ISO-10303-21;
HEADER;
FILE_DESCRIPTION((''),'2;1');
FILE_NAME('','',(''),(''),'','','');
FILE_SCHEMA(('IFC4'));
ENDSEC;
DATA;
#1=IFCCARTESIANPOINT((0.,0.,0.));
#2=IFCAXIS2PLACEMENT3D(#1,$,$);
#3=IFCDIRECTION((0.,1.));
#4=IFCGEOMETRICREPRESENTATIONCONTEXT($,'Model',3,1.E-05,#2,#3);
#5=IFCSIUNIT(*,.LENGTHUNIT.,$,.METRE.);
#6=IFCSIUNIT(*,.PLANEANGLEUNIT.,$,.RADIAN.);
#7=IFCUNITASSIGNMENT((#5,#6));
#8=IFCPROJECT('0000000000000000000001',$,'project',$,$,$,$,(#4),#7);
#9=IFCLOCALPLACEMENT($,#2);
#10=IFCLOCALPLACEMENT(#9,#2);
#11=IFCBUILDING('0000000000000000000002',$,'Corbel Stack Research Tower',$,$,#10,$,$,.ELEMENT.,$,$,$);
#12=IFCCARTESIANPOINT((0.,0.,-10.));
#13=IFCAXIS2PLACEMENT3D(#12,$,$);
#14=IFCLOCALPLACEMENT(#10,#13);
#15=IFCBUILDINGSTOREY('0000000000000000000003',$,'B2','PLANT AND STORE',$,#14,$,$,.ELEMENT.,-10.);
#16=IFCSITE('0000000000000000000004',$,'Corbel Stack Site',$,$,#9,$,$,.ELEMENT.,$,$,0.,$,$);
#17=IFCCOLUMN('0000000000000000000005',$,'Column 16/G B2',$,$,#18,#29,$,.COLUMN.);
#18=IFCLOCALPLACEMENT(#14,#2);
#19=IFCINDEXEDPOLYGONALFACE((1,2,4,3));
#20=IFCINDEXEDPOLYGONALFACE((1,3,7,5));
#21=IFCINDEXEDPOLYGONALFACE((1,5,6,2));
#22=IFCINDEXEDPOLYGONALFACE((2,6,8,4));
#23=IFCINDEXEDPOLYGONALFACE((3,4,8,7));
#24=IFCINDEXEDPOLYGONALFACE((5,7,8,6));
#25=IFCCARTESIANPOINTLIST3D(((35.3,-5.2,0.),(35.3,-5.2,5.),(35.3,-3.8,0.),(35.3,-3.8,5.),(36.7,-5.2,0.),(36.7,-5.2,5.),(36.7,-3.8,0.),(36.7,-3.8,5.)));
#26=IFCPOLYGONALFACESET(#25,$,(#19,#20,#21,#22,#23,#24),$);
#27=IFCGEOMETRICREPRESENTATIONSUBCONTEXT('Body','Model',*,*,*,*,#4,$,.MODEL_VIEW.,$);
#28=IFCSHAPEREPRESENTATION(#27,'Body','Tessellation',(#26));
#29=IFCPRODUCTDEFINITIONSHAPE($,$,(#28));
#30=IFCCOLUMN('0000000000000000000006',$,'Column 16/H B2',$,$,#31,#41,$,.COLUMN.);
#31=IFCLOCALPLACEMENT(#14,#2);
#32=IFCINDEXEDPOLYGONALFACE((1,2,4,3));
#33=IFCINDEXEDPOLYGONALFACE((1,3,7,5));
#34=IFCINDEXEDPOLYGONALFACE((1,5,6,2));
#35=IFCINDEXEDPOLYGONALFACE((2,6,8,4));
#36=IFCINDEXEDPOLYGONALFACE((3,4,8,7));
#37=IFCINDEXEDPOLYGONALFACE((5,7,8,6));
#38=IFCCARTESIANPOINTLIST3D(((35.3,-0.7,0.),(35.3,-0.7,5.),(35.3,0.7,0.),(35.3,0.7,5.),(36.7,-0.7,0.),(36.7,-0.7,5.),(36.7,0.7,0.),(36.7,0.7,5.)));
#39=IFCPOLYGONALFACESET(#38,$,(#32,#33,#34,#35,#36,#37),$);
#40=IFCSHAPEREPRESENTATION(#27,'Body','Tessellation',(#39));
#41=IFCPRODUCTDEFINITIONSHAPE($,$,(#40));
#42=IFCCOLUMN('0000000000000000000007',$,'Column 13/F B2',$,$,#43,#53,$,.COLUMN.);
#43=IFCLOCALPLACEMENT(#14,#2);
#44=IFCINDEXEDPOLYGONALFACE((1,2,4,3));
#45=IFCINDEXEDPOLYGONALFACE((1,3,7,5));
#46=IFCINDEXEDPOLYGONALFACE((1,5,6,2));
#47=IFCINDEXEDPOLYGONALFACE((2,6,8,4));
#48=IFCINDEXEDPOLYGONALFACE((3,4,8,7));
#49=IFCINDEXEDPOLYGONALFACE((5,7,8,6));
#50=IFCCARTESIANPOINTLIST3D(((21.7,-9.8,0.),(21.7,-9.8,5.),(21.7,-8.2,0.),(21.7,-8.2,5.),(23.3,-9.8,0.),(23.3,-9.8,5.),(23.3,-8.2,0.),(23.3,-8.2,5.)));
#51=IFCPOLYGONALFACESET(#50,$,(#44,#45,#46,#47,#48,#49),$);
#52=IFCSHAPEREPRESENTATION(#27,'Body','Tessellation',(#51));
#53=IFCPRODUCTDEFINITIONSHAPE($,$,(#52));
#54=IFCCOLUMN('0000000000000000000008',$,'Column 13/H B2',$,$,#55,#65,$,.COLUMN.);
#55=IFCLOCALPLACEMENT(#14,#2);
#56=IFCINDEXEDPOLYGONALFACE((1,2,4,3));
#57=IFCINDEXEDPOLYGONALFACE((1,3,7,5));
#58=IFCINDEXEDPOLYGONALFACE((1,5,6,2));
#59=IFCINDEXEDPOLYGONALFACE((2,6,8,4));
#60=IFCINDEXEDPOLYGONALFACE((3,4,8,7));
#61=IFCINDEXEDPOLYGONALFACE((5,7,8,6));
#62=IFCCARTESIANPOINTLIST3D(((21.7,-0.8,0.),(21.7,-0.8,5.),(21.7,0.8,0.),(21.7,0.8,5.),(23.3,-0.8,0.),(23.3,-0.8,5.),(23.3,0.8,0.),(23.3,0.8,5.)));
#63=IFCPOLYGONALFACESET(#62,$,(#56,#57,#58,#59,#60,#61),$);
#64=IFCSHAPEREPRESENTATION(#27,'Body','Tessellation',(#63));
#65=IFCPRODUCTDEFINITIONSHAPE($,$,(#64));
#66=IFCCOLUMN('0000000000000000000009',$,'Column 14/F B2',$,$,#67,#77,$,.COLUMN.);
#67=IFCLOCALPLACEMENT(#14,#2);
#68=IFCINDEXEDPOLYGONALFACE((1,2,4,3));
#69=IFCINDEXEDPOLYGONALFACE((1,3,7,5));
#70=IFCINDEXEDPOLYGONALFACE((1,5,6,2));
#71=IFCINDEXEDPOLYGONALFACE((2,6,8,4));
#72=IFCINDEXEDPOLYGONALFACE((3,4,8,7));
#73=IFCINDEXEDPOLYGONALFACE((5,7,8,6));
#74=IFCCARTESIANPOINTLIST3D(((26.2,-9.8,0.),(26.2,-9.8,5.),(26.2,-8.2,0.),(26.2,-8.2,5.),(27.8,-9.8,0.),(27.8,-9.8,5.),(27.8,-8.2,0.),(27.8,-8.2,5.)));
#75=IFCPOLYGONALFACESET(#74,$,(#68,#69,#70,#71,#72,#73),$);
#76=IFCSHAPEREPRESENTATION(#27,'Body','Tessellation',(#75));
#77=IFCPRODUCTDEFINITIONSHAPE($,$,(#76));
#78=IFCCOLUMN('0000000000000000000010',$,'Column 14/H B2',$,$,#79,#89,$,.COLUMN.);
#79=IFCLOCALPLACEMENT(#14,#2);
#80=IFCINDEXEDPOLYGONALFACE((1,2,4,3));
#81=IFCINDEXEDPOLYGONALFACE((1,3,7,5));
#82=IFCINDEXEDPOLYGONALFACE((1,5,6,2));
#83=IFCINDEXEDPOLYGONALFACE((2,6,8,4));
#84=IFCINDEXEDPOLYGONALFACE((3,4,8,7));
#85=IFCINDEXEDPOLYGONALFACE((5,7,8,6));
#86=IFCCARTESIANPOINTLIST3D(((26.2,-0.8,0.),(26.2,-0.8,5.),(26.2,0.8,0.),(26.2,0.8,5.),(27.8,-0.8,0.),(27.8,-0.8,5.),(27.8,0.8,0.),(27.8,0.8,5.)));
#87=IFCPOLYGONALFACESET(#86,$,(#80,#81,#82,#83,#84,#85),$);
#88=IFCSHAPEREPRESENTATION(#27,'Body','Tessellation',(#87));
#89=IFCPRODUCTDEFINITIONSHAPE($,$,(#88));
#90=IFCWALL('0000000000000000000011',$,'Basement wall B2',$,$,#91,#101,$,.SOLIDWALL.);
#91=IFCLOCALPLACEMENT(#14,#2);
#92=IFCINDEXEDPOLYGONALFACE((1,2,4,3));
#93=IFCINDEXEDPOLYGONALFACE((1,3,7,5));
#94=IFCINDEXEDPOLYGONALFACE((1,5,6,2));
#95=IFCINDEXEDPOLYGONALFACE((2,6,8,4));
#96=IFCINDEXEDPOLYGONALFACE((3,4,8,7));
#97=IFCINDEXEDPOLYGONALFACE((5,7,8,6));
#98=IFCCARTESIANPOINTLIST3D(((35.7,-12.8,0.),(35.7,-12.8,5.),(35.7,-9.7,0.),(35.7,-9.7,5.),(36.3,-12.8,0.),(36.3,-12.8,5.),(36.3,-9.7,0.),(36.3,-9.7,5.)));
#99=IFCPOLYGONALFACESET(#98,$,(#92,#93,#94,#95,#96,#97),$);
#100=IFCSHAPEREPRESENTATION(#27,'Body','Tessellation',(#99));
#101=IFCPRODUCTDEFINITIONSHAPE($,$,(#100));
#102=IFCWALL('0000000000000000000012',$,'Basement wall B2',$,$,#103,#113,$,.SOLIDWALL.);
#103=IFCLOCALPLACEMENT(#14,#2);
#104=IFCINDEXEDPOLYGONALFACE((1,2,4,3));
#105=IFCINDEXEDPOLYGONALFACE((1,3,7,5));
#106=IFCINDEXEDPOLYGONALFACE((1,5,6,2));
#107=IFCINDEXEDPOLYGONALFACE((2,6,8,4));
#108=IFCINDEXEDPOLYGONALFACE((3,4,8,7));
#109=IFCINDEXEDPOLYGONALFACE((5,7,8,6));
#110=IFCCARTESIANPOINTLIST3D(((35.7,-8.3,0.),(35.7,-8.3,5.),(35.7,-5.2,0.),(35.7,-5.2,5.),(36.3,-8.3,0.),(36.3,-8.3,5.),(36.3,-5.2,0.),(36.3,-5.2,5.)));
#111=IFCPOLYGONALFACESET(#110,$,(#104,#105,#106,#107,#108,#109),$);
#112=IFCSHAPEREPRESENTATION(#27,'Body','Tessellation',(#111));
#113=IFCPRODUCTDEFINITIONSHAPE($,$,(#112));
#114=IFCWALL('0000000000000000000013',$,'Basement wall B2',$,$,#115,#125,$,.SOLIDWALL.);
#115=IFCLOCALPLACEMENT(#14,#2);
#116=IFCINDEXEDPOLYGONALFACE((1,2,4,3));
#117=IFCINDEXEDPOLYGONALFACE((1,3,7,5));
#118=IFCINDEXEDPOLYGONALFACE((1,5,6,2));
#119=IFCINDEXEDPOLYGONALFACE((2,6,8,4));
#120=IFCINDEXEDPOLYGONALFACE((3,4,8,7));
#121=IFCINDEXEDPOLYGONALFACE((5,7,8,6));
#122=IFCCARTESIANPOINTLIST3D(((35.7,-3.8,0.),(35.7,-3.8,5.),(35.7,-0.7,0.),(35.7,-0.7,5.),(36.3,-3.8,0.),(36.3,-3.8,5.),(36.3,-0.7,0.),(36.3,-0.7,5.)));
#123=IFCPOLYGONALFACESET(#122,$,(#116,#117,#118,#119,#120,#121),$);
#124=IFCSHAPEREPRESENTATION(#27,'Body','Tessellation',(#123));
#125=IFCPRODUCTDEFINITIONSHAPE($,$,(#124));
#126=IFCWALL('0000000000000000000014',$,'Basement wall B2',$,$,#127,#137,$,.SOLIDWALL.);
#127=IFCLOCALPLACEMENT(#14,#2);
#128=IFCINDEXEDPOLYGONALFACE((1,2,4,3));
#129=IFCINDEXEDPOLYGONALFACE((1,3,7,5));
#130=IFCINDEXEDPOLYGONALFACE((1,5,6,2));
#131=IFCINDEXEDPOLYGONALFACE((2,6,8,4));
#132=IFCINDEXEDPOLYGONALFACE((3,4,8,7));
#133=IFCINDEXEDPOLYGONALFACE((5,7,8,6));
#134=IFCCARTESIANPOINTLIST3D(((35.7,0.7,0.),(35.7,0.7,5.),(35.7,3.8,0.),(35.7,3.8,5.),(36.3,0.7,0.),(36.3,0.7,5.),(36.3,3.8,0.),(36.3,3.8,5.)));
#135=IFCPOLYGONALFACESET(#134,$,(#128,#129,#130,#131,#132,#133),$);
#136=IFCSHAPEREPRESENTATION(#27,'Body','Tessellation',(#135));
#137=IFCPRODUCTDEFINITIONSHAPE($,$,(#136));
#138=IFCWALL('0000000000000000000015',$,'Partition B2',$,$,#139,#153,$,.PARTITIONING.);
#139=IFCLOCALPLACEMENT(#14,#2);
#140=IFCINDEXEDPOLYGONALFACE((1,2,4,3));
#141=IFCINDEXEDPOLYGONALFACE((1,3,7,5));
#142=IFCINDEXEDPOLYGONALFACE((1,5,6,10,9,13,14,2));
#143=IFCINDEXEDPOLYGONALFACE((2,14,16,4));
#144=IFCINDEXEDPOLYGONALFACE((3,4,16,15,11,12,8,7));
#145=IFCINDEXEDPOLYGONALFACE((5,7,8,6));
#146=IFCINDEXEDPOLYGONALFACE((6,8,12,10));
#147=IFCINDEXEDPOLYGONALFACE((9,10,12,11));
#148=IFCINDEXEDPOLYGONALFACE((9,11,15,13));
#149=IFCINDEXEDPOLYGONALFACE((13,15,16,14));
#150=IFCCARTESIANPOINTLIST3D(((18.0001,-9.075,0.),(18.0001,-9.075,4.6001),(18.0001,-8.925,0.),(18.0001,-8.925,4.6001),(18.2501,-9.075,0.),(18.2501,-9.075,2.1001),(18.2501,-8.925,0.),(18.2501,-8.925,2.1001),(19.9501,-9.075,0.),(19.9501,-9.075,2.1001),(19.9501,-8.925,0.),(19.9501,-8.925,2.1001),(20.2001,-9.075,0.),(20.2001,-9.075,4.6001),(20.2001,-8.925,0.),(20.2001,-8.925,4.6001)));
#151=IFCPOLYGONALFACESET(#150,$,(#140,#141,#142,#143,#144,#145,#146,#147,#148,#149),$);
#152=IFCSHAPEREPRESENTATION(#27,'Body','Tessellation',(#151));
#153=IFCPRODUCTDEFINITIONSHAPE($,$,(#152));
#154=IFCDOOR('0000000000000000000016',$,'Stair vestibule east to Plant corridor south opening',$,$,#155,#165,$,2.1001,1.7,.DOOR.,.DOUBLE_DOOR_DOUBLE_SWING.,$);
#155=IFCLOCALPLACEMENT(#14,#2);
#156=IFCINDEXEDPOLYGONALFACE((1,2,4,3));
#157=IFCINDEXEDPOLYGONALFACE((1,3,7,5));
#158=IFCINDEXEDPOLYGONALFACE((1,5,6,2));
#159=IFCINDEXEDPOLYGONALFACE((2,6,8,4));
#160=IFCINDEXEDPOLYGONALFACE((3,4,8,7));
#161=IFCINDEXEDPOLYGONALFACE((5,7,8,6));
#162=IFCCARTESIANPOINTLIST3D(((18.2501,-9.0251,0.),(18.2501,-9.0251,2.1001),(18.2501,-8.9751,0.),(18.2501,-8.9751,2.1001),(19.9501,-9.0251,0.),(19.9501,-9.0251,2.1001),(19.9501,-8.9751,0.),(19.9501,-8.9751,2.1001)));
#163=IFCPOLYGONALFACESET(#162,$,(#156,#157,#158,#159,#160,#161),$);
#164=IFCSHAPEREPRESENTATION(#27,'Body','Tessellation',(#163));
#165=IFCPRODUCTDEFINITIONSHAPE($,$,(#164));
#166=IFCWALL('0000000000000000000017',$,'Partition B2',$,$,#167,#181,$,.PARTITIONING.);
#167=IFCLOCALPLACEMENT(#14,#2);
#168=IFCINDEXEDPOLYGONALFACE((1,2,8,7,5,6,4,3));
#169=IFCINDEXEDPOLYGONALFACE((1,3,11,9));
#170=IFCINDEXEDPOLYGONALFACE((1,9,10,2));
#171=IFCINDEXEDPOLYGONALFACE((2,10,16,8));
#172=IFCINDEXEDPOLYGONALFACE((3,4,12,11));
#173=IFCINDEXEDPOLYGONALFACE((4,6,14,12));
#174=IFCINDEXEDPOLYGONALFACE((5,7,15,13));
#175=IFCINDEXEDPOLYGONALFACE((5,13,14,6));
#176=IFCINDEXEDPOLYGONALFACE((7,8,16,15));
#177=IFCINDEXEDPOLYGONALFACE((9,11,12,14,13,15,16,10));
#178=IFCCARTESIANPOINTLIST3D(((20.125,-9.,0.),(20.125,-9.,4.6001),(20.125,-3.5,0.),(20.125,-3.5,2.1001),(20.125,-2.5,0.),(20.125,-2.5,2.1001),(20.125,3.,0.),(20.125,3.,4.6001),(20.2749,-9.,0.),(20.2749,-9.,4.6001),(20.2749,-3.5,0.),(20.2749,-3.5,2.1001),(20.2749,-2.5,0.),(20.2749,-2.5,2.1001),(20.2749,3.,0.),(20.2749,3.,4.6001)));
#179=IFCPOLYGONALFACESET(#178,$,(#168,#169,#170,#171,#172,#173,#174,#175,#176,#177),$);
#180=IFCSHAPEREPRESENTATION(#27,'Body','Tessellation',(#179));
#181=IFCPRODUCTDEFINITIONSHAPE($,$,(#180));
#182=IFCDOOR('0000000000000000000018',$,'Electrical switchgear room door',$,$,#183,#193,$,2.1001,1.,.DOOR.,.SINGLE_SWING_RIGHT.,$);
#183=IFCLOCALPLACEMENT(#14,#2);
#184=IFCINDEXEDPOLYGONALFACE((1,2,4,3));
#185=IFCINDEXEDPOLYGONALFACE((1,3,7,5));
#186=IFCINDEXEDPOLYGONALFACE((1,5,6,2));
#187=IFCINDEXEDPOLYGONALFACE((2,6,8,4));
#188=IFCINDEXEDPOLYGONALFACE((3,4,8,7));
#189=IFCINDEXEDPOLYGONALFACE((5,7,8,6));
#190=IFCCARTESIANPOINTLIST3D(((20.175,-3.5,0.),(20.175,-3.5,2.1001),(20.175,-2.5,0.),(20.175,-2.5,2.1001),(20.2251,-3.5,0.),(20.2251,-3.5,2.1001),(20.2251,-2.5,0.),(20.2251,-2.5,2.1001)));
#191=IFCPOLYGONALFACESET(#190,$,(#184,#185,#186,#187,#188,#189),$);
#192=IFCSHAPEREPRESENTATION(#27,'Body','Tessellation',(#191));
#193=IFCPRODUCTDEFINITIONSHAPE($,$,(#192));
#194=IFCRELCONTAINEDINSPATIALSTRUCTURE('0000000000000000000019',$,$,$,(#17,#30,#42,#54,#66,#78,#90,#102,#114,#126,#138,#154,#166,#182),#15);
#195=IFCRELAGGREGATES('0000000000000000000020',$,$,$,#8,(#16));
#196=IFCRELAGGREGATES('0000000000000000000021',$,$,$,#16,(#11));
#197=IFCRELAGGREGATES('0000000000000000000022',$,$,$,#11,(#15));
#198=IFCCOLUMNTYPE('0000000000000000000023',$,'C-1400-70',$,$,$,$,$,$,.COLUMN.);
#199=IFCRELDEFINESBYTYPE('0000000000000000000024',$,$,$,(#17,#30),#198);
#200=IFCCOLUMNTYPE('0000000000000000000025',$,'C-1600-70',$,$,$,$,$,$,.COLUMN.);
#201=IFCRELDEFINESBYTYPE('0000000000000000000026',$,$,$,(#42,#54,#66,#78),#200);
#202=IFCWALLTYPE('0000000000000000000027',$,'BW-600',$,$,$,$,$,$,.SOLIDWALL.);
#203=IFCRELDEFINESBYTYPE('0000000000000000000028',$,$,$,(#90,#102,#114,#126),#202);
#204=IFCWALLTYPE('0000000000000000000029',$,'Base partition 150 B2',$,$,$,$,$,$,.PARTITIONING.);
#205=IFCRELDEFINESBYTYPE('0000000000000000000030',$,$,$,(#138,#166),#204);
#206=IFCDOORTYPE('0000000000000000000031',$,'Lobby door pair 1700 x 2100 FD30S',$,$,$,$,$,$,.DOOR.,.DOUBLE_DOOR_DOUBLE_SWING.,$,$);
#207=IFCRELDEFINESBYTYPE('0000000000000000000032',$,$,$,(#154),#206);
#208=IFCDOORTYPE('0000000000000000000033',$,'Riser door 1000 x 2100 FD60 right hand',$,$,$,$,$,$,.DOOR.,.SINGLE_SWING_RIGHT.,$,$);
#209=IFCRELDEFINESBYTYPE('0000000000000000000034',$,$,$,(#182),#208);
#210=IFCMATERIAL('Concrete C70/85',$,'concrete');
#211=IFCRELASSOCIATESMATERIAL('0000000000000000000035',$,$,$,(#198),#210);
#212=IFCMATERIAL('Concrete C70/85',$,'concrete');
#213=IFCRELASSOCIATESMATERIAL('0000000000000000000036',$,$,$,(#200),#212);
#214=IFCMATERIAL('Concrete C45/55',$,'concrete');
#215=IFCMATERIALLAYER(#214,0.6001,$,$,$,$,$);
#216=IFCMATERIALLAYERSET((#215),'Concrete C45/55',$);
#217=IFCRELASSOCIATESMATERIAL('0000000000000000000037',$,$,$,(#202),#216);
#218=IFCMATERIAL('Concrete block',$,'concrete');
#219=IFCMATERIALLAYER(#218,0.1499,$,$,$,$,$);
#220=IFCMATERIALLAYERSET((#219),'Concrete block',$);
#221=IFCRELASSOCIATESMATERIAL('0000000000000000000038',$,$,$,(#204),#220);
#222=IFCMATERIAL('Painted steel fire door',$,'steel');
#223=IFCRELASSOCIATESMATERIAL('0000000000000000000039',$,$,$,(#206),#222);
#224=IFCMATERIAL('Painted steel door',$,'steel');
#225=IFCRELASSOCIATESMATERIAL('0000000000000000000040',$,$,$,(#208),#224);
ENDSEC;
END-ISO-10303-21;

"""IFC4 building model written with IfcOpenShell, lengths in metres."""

from ifc_helpers import new_model, si_unit, direction, frame, frame_2d, origin, origin_2d, place, context, subcontext, project, spatial, rectangle, extrude, material, layer, layer_set, material_profile, profile_set, type_object, element, fill, save


model = new_model("IFC4")

# Units and contexts
model_context = context("Model", 3, precision=1e-05, world=origin(), true_north=direction((0.0, 1.0)))
body_context = subcontext(model_context, "Body", "Model", "MODEL_VIEW")
ifc_project = project(units=[si_unit("LENGTHUNIT", "METRE"), si_unit("PLANEANGLEUNIT", "RADIAN")], contexts=[model_context])

# Site, building, storey
site_placement = place(None, origin())
site = spatial("IfcSite", under=ifc_project, at=site_placement, Name="Corbel Stack Site", CompositionType="ELEMENT", RefElevation=0.0)
building_placement = place(site_placement, origin())
building = spatial("IfcBuilding", under=site, at=building_placement, Name="Corbel Stack Research Tower", CompositionType="ELEMENT")
storey_placement = place(building_placement, frame((0.0, 0.0, -10.0)))
storey = spatial("IfcBuildingStorey", under=building, at=storey_placement, Name="B2", Description="PLANT AND STORE", CompositionType="ELEMENT", Elevation=-10.0)

# Columns
ifc_material_1 = material(Name="Concrete C70/85", Category="concrete")
ifc_material_profile_1 = material_profile(ifc_material_1, rectangle(XDim=1.3999, YDim=1.3999, at=origin_2d()), Name="RC 1400 x 1400")
ifc_profile_set_1 = profile_set([ifc_material_profile_1], Name="Concrete C70/85")
column_type_1 = type_object("IfcColumnType", Name="C-1400-70", PredefinedType="COLUMN", material=ifc_profile_set_1)
for number, where, z_axis, x_axis, name in (
    (1, (36.0, -4.5, 0.0), (0.0, 0.0, 1.0), (1.0, 0.0, 0.0), "Column 16/G B2"),
    (2, (36.0, 0.0, 0.0), (0.0, 0.0, 1.0), (1.0, 0.0, 0.0), "Column 16/H B2"),
):
    element("IfcColumn", number, at=place(storey_placement, frame(where, z_axis=z_axis, x_axis=x_axis)), inside=storey, type_object=column_type_1, Name=name, PredefinedType="COLUMN", context=body_context, shape_type="SweptSolid", body=[
        extrude(rectangle(XDim=1.3999, YDim=1.3999, at=origin_2d()), origin(), (0.0, 0.0, 1.0), 5.0),
    ])
ifc_material_2 = material(Name="Concrete C70/85", Category="concrete")
ifc_material_profile_2 = material_profile(ifc_material_2, rectangle(XDim=1.6001, YDim=1.6001, at=origin_2d()), Name="RC 1600 x 1600")
ifc_profile_set_2 = profile_set([ifc_material_profile_2], Name="Concrete C70/85")
column_type_2 = type_object("IfcColumnType", Name="C-1600-70", PredefinedType="COLUMN", material=ifc_profile_set_2)
for number, where, z_axis, x_axis, name in (
    (3, (22.5, -9.0, 0.0), (0.0, 0.0, 1.0), (1.0, 0.0, 0.0), "Column 13/F B2"),
    (4, (22.5, 0.0, 0.0), (0.0, 0.0, 1.0), (1.0, 0.0, 0.0), "Column 13/H B2"),
    (5, (27.0, -9.0, 0.0), (0.0, 0.0, 1.0), (1.0, 0.0, 0.0), "Column 14/F B2"),
    (6, (27.0, 0.0, 0.0), (0.0, 0.0, 1.0), (1.0, 0.0, 0.0), "Column 14/H B2"),
):
    element("IfcColumn", number, at=place(storey_placement, frame(where, z_axis=z_axis, x_axis=x_axis)), inside=storey, type_object=column_type_2, Name=name, PredefinedType="COLUMN", context=body_context, shape_type="SweptSolid", body=[
        extrude(rectangle(XDim=1.6001, YDim=1.6001, at=origin_2d()), origin(), (0.0, 0.0, 1.0), 5.0),
    ])

# Walls
ifc_material_3 = material(Name="Concrete C45/55", Category="concrete")
ifc_layer_1 = layer(ifc_material_3, 0.6001)
ifc_layer_set_1 = layer_set([ifc_layer_1], Name="Concrete C45/55")
wall_type_1 = type_object("IfcWallType", Name="BW-600", PredefinedType="SOLIDWALL", material=ifc_layer_set_1)
for number, where, z_axis, x_axis, name in (
    (7, (36.0, -12.8, 0.0), (0.0, 0.0, 1.0), (0.0, 1.0, 0.0), "Basement wall B2"),
    (8, (36.0, -8.3, 0.0), (0.0, 0.0, 1.0), (0.0, 1.0, 0.0), "Basement wall B2"),
    (9, (36.0, -3.8, 0.0), (0.0, 0.0, 1.0), (0.0, 1.0, 0.0), "Basement wall B2"),
    (10, (36.0, 0.7, 0.0), (0.0, 0.0, 1.0), (0.0, 1.0, 0.0), "Basement wall B2"),
):
    element("IfcWall", number, at=place(storey_placement, frame(where, z_axis=z_axis, x_axis=x_axis)), inside=storey, type_object=wall_type_1, Name=name, PredefinedType="SOLIDWALL", context=body_context, shape_type="SweptSolid", body=[
        extrude(rectangle(XDim=3.1001, YDim=0.6001, at=frame_2d((1.55, 0.0))), origin(), (0.0, 0.0, 1.0), 5.0),
    ])

# Walls, openings, doors
ifc_material_4 = material(Name="Concrete block", Category="concrete")
ifc_layer_2 = layer(ifc_material_4, 0.1499)
ifc_layer_set_2 = layer_set([ifc_layer_2], Name="Concrete block")
wall_type_2 = type_object("IfcWallType", Name="Base partition 150 B2", PredefinedType="PARTITIONING", material=ifc_layer_set_2)
wall_1_placement = place(storey_placement, frame((18.0, -9.0, 0.0), z_axis=(0.0, 0.0, 1.0), x_axis=(1.0, 0.0, 0.0)))
wall_1 = element("IfcWall", 11, at=wall_1_placement, inside=storey, type_object=wall_type_2, Name="Partition B2", PredefinedType="PARTITIONING", context=body_context, shape_type="SweptSolid", body=[
    extrude(rectangle(XDim=2.2, YDim=0.1499, at=frame_2d((1.1001, 0.0))), origin(), (0.0, 0.0, 1.0), 4.6001),
])
opening_1_placement = place(wall_1_placement, frame((0.25, 0.0, 0.0)))
opening_1 = element("IfcOpeningElement", 12, at=opening_1_placement, cuts=wall_1, PredefinedType="OPENING", context=body_context, shape_type="SweptSolid", body=[
    extrude(rectangle(XDim=1.7, YDim=2.1001, at=frame_2d((0.8501, 1.05))), frame((0.0, 0.085, 0.0), z_axis=(0.0, -1.0, 0.0), x_axis=(1.0, 0.0, 0.0)), (0.0, 0.0, 1.0), 0.1699),
])
ifc_material_5 = material(Name="Painted steel fire door", Category="steel")
door_type_1 = type_object("IfcDoorType", Name="Lobby door pair 1700 x 2100 FD30S", OperationType="DOUBLE_DOOR_DOUBLE_SWING", PredefinedType="DOOR", material=ifc_material_5)
door_1_placement = place(opening_1_placement, origin())
door_1 = element("IfcDoor", 13, at=door_1_placement, inside=storey, type_object=door_type_1, Name="Stair vestibule east to Plant corridor south opening", OperationType="DOUBLE_DOOR_DOUBLE_SWING", OverallHeight=2.1001, OverallWidth=1.7, PredefinedType="DOOR", context=body_context, shape_type="SweptSolid", body=[
    extrude(rectangle(XDim=1.7, YDim=2.1001, at=frame_2d((0.8501, 1.05))), frame((0.0, 0.0249, 0.0), z_axis=(0.0, -1.0, 0.0), x_axis=(1.0, 0.0, 0.0)), (0.0, 0.0, 1.0), 0.05),
])
fill(opening_1, door_1)
wall_2_placement = place(storey_placement, frame((20.2, -9.0, 0.0), z_axis=(0.0, 0.0, 1.0), x_axis=(0.0, 1.0, 0.0)))
wall_2 = element("IfcWall", 14, at=wall_2_placement, inside=storey, type_object=wall_type_2, Name="Partition B2", PredefinedType="PARTITIONING", context=body_context, shape_type="SweptSolid", body=[
    extrude(rectangle(XDim=12.0, YDim=0.1499, at=frame_2d((6.0, 0.0))), origin(), (0.0, 0.0, 1.0), 4.6001),
])
opening_2_placement = place(wall_2_placement, frame((5.5, 0.0, 0.0)))
opening_2 = element("IfcOpeningElement", 15, at=opening_2_placement, cuts=wall_2, PredefinedType="OPENING", context=body_context, shape_type="SweptSolid", body=[
    extrude(rectangle(XDim=1.0, YDim=2.1001, at=frame_2d((0.5, 1.05))), frame((0.0, 0.085, 0.0), z_axis=(0.0, -1.0, 0.0), x_axis=(1.0, 0.0, 0.0)), (0.0, 0.0, 1.0), 0.1699),
])
ifc_material_6 = material(Name="Painted steel door", Category="steel")
door_type_2 = type_object("IfcDoorType", Name="Riser door 1000 x 2100 FD60 right hand", OperationType="SINGLE_SWING_RIGHT", PredefinedType="DOOR", material=ifc_material_6)
door_2_placement = place(opening_2_placement, origin())
door_2 = element("IfcDoor", 16, at=door_2_placement, inside=storey, type_object=door_type_2, Name="Electrical switchgear room door", OperationType="SINGLE_SWING_RIGHT", OverallHeight=2.1001, OverallWidth=1.0, PredefinedType="DOOR", context=body_context, shape_type="SweptSolid", body=[
    extrude(rectangle(XDim=1.0, YDim=2.1001, at=frame_2d((0.5, 1.05))), frame((0.0, 0.0249, 0.0), z_axis=(0.0, -1.0, 0.0), x_axis=(1.0, 0.0, 0.0)), (0.0, 0.0, 1.0), 0.05),
])
fill(opening_2, door_2)

save(model, "model.ifc")
